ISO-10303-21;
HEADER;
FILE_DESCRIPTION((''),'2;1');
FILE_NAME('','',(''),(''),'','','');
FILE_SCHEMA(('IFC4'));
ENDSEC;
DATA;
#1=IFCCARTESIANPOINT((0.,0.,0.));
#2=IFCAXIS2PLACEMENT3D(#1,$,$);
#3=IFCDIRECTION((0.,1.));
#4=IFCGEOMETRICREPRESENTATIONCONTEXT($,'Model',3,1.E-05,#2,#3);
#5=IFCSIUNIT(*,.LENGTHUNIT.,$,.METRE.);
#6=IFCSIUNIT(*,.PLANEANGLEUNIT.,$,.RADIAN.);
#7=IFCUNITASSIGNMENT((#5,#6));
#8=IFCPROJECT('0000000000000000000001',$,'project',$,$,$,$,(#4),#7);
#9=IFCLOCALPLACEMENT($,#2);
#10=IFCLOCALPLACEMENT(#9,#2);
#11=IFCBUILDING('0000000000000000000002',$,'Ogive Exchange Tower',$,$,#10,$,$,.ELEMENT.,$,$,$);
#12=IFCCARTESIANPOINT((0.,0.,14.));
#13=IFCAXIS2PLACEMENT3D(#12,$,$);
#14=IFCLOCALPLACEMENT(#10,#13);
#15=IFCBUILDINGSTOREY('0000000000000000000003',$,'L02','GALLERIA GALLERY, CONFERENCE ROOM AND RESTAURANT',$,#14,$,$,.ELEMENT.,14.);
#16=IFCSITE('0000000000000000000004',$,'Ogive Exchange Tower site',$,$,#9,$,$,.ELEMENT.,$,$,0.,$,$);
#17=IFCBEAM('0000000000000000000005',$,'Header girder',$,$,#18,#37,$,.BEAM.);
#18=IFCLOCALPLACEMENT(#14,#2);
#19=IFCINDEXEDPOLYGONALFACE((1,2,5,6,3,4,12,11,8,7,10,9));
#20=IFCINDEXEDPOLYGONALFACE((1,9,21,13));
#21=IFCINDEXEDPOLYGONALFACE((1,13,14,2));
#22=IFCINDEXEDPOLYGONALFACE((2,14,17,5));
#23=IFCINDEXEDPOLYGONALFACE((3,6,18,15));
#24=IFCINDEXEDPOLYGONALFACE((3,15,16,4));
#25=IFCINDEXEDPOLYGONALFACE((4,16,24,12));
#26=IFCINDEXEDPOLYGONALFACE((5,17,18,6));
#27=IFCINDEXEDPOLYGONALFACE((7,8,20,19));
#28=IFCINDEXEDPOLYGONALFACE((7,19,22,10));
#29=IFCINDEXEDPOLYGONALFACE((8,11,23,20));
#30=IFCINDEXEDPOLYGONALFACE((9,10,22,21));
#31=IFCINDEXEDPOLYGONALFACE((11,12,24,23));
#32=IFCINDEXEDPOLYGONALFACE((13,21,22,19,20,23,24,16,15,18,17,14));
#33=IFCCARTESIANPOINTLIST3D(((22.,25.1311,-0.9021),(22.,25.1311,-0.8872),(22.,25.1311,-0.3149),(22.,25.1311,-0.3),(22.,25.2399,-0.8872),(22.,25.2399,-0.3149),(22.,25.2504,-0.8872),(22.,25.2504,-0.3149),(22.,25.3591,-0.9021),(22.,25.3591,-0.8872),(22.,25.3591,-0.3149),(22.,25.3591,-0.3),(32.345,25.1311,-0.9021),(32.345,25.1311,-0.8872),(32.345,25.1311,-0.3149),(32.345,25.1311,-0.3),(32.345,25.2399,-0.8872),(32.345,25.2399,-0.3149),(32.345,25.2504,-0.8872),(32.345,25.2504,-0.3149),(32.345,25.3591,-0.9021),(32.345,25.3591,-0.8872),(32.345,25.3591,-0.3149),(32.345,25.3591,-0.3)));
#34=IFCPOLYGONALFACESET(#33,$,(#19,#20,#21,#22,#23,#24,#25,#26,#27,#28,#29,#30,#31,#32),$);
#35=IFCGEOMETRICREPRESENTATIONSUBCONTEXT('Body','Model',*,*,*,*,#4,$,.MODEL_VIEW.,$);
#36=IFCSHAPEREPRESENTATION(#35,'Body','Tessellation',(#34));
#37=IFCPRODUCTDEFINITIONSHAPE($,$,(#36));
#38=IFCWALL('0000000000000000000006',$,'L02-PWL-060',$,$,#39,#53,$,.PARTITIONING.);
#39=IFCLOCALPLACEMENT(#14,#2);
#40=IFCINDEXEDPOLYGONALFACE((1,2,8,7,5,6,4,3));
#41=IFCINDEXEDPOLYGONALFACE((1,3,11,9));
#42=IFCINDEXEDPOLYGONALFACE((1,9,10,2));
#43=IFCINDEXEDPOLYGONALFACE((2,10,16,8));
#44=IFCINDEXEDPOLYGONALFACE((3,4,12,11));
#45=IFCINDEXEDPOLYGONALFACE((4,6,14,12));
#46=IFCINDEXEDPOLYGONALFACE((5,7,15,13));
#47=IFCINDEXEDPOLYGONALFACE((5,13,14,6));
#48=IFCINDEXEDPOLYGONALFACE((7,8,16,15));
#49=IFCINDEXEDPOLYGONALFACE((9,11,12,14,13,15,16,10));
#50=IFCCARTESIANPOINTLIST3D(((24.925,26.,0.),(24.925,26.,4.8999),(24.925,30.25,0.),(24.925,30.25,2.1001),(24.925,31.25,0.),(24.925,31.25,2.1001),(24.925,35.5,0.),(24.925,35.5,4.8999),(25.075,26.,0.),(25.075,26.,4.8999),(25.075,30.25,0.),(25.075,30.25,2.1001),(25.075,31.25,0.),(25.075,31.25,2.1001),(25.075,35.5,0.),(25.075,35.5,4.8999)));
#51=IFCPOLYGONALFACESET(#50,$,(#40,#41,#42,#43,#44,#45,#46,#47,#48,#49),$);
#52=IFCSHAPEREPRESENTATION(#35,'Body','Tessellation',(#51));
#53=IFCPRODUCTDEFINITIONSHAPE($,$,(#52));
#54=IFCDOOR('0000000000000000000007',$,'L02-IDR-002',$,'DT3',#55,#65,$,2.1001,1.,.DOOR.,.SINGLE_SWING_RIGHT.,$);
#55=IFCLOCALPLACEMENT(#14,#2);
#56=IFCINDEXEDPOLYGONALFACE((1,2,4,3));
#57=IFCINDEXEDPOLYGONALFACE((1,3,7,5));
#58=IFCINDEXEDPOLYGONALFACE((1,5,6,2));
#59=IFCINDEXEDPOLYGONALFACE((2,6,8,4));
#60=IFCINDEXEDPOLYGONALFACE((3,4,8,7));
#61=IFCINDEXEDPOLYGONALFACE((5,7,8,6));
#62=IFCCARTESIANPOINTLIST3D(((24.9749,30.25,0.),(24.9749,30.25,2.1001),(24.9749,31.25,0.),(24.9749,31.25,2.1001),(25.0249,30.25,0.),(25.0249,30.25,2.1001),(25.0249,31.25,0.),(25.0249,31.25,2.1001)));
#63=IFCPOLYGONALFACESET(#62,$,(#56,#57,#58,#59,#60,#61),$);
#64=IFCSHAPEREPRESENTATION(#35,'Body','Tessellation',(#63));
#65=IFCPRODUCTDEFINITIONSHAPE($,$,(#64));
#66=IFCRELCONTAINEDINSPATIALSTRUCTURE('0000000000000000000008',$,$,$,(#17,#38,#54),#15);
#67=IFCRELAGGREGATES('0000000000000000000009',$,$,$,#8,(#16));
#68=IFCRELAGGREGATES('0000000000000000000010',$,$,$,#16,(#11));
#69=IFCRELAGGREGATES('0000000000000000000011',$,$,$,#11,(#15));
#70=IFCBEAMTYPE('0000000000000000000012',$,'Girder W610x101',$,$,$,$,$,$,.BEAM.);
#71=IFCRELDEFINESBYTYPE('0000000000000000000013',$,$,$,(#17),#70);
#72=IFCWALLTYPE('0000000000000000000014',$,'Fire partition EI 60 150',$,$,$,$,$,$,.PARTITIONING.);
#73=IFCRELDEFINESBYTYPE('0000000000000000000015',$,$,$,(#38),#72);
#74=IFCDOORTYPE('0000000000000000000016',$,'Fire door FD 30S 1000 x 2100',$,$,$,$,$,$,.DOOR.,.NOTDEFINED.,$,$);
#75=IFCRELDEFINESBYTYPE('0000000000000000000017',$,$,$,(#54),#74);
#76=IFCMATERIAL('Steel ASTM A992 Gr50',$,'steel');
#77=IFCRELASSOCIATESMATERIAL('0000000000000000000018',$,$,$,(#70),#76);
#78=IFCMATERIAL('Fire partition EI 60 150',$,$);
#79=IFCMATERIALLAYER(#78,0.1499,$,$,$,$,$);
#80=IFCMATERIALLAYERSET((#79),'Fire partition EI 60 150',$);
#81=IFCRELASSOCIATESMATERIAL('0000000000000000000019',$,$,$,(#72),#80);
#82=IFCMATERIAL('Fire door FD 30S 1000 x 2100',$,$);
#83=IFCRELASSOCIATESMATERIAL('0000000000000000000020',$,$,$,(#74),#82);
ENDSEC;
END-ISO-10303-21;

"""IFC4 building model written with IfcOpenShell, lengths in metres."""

from ifc_helpers import new_model, si_unit, direction, frame, frame_2d, origin, origin_2d, place, context, subcontext, project, spatial, rectangle, i_section, extrude, material, layer, layer_set, material_profile, profile_set, type_object, element, fill, save


model = new_model("IFC4")

# Units and contexts
model_context = context("Model", 3, precision=1e-05, world=origin(), true_north=direction((0.0, 1.0)))
body_context = subcontext(model_context, "Body", "Model", "MODEL_VIEW")
ifc_project = project(units=[si_unit("LENGTHUNIT", "METRE"), si_unit("PLANEANGLEUNIT", "RADIAN")], contexts=[model_context])

# Site, building, storey
site_placement = place(None, origin())
site = spatial("IfcSite", under=ifc_project, at=site_placement, Name="Ogive Exchange Tower site", CompositionType="ELEMENT", RefElevation=0.0)
building_placement = place(site_placement, origin())
building = spatial("IfcBuilding", under=site, at=building_placement, Name="Ogive Exchange Tower", CompositionType="ELEMENT")
storey_placement = place(building_placement, frame((0.0, 0.0, 14.0)))
storey = spatial("IfcBuildingStorey", under=building, at=storey_placement, Name="L02", Description="GALLERIA GALLERY, CONFERENCE ROOM AND RESTAURANT", CompositionType="ELEMENT", Elevation=14.0)

# Beam
ifc_material_1 = material(Name="Steel ASTM A992 Gr50", Category="steel")
ifc_material_profile_1 = material_profile(ifc_material_1, i_section(OverallWidth=0.228, OverallDepth=0.6021, WebThickness=0.0105, FlangeThickness=0.0149, at=origin_2d()), Name="W610x101")
ifc_profile_set_1 = profile_set([ifc_material_profile_1], Name="Steel ASTM A992 Gr50")
beam_type_1 = type_object("IfcBeamType", Name="Girder W610x101", PredefinedType="BEAM", material=ifc_profile_set_1)
beam_1_placement = place(storey_placement, frame((22.0, 25.2451, -0.6011), z_axis=(1.0, 0.0, 0.0), x_axis=(0.0, 1.0, 0.0)))
element("IfcBeam", 1, at=beam_1_placement, inside=storey, type_object=beam_type_1, Name="Header girder", PredefinedType="BEAM", context=body_context, shape_type="SweptSolid", body=[
    extrude(i_section(OverallWidth=0.228, OverallDepth=0.6021, WebThickness=0.0105, FlangeThickness=0.0149, at=origin_2d()), origin(), (0.0, 0.0, 1.0), 10.345),
])

# Wall, opening, door
ifc_material_2 = material(Name="Fire partition EI 60 150")
ifc_layer_1 = layer(ifc_material_2, 0.1499)
ifc_layer_set_1 = layer_set([ifc_layer_1], Name="Fire partition EI 60 150")
wall_type_1 = type_object("IfcWallType", Name="Fire partition EI 60 150", PredefinedType="PARTITIONING", material=ifc_layer_set_1)
wall_1_placement = place(storey_placement, frame((25.0, 26.0, 0.0), z_axis=(0.0, 0.0, 1.0), x_axis=(0.0, 1.0, 0.0)))
wall_1 = element("IfcWall", 2, at=wall_1_placement, inside=storey, type_object=wall_type_1, Name="L02-PWL-060", PredefinedType="PARTITIONING", context=body_context, shape_type="SweptSolid", body=[
    extrude(rectangle(XDim=9.5, YDim=0.1499, at=frame_2d((4.75, 0.0))), origin(), (0.0, 0.0, 1.0), 4.8999),
])
opening_1_placement = place(wall_1_placement, frame((4.25, 0.0, 0.0)))
opening_1 = element("IfcOpeningElement", 3, at=opening_1_placement, cuts=wall_1, PredefinedType="OPENING", context=body_context, shape_type="SweptSolid", body=[
    extrude(rectangle(XDim=1.0, YDim=2.1001, at=frame_2d((0.5, 1.05))), frame((0.0, 0.085, 0.0), z_axis=(0.0, -1.0, 0.0), x_axis=(1.0, 0.0, 0.0)), (0.0, 0.0, 1.0), 0.1699),
])
ifc_material_3 = material(Name="Fire door FD 30S 1000 x 2100")
door_type = type_object("IfcDoorType", Name="Fire door FD 30S 1000 x 2100", OperationType="NOTDEFINED", PredefinedType="DOOR", material=ifc_material_3)
door_placement = place(opening_1_placement, frame((1.0, 0.0, 0.0), z_axis=(0.0, 0.0, 1.0), x_axis=(-1.0, 0.0, 0.0)))
door = element("IfcDoor", 4, at=door_placement, inside=storey, type_object=door_type, Name="L02-IDR-002", ObjectType="DT3", OperationType="SINGLE_SWING_RIGHT", OverallHeight=2.1001, OverallWidth=1.0, PredefinedType="DOOR", context=body_context, shape_type="SweptSolid", body=[
    extrude(rectangle(XDim=1.0, YDim=2.1001, at=frame_2d((0.5, 1.05))), frame((0.0, 0.0249, 0.0), z_axis=(0.0, -1.0, 0.0), x_axis=(1.0, 0.0, 0.0)), (0.0, 0.0, 1.0), 0.05),
])
fill(opening_1, door)

save(model, "model.ifc")
